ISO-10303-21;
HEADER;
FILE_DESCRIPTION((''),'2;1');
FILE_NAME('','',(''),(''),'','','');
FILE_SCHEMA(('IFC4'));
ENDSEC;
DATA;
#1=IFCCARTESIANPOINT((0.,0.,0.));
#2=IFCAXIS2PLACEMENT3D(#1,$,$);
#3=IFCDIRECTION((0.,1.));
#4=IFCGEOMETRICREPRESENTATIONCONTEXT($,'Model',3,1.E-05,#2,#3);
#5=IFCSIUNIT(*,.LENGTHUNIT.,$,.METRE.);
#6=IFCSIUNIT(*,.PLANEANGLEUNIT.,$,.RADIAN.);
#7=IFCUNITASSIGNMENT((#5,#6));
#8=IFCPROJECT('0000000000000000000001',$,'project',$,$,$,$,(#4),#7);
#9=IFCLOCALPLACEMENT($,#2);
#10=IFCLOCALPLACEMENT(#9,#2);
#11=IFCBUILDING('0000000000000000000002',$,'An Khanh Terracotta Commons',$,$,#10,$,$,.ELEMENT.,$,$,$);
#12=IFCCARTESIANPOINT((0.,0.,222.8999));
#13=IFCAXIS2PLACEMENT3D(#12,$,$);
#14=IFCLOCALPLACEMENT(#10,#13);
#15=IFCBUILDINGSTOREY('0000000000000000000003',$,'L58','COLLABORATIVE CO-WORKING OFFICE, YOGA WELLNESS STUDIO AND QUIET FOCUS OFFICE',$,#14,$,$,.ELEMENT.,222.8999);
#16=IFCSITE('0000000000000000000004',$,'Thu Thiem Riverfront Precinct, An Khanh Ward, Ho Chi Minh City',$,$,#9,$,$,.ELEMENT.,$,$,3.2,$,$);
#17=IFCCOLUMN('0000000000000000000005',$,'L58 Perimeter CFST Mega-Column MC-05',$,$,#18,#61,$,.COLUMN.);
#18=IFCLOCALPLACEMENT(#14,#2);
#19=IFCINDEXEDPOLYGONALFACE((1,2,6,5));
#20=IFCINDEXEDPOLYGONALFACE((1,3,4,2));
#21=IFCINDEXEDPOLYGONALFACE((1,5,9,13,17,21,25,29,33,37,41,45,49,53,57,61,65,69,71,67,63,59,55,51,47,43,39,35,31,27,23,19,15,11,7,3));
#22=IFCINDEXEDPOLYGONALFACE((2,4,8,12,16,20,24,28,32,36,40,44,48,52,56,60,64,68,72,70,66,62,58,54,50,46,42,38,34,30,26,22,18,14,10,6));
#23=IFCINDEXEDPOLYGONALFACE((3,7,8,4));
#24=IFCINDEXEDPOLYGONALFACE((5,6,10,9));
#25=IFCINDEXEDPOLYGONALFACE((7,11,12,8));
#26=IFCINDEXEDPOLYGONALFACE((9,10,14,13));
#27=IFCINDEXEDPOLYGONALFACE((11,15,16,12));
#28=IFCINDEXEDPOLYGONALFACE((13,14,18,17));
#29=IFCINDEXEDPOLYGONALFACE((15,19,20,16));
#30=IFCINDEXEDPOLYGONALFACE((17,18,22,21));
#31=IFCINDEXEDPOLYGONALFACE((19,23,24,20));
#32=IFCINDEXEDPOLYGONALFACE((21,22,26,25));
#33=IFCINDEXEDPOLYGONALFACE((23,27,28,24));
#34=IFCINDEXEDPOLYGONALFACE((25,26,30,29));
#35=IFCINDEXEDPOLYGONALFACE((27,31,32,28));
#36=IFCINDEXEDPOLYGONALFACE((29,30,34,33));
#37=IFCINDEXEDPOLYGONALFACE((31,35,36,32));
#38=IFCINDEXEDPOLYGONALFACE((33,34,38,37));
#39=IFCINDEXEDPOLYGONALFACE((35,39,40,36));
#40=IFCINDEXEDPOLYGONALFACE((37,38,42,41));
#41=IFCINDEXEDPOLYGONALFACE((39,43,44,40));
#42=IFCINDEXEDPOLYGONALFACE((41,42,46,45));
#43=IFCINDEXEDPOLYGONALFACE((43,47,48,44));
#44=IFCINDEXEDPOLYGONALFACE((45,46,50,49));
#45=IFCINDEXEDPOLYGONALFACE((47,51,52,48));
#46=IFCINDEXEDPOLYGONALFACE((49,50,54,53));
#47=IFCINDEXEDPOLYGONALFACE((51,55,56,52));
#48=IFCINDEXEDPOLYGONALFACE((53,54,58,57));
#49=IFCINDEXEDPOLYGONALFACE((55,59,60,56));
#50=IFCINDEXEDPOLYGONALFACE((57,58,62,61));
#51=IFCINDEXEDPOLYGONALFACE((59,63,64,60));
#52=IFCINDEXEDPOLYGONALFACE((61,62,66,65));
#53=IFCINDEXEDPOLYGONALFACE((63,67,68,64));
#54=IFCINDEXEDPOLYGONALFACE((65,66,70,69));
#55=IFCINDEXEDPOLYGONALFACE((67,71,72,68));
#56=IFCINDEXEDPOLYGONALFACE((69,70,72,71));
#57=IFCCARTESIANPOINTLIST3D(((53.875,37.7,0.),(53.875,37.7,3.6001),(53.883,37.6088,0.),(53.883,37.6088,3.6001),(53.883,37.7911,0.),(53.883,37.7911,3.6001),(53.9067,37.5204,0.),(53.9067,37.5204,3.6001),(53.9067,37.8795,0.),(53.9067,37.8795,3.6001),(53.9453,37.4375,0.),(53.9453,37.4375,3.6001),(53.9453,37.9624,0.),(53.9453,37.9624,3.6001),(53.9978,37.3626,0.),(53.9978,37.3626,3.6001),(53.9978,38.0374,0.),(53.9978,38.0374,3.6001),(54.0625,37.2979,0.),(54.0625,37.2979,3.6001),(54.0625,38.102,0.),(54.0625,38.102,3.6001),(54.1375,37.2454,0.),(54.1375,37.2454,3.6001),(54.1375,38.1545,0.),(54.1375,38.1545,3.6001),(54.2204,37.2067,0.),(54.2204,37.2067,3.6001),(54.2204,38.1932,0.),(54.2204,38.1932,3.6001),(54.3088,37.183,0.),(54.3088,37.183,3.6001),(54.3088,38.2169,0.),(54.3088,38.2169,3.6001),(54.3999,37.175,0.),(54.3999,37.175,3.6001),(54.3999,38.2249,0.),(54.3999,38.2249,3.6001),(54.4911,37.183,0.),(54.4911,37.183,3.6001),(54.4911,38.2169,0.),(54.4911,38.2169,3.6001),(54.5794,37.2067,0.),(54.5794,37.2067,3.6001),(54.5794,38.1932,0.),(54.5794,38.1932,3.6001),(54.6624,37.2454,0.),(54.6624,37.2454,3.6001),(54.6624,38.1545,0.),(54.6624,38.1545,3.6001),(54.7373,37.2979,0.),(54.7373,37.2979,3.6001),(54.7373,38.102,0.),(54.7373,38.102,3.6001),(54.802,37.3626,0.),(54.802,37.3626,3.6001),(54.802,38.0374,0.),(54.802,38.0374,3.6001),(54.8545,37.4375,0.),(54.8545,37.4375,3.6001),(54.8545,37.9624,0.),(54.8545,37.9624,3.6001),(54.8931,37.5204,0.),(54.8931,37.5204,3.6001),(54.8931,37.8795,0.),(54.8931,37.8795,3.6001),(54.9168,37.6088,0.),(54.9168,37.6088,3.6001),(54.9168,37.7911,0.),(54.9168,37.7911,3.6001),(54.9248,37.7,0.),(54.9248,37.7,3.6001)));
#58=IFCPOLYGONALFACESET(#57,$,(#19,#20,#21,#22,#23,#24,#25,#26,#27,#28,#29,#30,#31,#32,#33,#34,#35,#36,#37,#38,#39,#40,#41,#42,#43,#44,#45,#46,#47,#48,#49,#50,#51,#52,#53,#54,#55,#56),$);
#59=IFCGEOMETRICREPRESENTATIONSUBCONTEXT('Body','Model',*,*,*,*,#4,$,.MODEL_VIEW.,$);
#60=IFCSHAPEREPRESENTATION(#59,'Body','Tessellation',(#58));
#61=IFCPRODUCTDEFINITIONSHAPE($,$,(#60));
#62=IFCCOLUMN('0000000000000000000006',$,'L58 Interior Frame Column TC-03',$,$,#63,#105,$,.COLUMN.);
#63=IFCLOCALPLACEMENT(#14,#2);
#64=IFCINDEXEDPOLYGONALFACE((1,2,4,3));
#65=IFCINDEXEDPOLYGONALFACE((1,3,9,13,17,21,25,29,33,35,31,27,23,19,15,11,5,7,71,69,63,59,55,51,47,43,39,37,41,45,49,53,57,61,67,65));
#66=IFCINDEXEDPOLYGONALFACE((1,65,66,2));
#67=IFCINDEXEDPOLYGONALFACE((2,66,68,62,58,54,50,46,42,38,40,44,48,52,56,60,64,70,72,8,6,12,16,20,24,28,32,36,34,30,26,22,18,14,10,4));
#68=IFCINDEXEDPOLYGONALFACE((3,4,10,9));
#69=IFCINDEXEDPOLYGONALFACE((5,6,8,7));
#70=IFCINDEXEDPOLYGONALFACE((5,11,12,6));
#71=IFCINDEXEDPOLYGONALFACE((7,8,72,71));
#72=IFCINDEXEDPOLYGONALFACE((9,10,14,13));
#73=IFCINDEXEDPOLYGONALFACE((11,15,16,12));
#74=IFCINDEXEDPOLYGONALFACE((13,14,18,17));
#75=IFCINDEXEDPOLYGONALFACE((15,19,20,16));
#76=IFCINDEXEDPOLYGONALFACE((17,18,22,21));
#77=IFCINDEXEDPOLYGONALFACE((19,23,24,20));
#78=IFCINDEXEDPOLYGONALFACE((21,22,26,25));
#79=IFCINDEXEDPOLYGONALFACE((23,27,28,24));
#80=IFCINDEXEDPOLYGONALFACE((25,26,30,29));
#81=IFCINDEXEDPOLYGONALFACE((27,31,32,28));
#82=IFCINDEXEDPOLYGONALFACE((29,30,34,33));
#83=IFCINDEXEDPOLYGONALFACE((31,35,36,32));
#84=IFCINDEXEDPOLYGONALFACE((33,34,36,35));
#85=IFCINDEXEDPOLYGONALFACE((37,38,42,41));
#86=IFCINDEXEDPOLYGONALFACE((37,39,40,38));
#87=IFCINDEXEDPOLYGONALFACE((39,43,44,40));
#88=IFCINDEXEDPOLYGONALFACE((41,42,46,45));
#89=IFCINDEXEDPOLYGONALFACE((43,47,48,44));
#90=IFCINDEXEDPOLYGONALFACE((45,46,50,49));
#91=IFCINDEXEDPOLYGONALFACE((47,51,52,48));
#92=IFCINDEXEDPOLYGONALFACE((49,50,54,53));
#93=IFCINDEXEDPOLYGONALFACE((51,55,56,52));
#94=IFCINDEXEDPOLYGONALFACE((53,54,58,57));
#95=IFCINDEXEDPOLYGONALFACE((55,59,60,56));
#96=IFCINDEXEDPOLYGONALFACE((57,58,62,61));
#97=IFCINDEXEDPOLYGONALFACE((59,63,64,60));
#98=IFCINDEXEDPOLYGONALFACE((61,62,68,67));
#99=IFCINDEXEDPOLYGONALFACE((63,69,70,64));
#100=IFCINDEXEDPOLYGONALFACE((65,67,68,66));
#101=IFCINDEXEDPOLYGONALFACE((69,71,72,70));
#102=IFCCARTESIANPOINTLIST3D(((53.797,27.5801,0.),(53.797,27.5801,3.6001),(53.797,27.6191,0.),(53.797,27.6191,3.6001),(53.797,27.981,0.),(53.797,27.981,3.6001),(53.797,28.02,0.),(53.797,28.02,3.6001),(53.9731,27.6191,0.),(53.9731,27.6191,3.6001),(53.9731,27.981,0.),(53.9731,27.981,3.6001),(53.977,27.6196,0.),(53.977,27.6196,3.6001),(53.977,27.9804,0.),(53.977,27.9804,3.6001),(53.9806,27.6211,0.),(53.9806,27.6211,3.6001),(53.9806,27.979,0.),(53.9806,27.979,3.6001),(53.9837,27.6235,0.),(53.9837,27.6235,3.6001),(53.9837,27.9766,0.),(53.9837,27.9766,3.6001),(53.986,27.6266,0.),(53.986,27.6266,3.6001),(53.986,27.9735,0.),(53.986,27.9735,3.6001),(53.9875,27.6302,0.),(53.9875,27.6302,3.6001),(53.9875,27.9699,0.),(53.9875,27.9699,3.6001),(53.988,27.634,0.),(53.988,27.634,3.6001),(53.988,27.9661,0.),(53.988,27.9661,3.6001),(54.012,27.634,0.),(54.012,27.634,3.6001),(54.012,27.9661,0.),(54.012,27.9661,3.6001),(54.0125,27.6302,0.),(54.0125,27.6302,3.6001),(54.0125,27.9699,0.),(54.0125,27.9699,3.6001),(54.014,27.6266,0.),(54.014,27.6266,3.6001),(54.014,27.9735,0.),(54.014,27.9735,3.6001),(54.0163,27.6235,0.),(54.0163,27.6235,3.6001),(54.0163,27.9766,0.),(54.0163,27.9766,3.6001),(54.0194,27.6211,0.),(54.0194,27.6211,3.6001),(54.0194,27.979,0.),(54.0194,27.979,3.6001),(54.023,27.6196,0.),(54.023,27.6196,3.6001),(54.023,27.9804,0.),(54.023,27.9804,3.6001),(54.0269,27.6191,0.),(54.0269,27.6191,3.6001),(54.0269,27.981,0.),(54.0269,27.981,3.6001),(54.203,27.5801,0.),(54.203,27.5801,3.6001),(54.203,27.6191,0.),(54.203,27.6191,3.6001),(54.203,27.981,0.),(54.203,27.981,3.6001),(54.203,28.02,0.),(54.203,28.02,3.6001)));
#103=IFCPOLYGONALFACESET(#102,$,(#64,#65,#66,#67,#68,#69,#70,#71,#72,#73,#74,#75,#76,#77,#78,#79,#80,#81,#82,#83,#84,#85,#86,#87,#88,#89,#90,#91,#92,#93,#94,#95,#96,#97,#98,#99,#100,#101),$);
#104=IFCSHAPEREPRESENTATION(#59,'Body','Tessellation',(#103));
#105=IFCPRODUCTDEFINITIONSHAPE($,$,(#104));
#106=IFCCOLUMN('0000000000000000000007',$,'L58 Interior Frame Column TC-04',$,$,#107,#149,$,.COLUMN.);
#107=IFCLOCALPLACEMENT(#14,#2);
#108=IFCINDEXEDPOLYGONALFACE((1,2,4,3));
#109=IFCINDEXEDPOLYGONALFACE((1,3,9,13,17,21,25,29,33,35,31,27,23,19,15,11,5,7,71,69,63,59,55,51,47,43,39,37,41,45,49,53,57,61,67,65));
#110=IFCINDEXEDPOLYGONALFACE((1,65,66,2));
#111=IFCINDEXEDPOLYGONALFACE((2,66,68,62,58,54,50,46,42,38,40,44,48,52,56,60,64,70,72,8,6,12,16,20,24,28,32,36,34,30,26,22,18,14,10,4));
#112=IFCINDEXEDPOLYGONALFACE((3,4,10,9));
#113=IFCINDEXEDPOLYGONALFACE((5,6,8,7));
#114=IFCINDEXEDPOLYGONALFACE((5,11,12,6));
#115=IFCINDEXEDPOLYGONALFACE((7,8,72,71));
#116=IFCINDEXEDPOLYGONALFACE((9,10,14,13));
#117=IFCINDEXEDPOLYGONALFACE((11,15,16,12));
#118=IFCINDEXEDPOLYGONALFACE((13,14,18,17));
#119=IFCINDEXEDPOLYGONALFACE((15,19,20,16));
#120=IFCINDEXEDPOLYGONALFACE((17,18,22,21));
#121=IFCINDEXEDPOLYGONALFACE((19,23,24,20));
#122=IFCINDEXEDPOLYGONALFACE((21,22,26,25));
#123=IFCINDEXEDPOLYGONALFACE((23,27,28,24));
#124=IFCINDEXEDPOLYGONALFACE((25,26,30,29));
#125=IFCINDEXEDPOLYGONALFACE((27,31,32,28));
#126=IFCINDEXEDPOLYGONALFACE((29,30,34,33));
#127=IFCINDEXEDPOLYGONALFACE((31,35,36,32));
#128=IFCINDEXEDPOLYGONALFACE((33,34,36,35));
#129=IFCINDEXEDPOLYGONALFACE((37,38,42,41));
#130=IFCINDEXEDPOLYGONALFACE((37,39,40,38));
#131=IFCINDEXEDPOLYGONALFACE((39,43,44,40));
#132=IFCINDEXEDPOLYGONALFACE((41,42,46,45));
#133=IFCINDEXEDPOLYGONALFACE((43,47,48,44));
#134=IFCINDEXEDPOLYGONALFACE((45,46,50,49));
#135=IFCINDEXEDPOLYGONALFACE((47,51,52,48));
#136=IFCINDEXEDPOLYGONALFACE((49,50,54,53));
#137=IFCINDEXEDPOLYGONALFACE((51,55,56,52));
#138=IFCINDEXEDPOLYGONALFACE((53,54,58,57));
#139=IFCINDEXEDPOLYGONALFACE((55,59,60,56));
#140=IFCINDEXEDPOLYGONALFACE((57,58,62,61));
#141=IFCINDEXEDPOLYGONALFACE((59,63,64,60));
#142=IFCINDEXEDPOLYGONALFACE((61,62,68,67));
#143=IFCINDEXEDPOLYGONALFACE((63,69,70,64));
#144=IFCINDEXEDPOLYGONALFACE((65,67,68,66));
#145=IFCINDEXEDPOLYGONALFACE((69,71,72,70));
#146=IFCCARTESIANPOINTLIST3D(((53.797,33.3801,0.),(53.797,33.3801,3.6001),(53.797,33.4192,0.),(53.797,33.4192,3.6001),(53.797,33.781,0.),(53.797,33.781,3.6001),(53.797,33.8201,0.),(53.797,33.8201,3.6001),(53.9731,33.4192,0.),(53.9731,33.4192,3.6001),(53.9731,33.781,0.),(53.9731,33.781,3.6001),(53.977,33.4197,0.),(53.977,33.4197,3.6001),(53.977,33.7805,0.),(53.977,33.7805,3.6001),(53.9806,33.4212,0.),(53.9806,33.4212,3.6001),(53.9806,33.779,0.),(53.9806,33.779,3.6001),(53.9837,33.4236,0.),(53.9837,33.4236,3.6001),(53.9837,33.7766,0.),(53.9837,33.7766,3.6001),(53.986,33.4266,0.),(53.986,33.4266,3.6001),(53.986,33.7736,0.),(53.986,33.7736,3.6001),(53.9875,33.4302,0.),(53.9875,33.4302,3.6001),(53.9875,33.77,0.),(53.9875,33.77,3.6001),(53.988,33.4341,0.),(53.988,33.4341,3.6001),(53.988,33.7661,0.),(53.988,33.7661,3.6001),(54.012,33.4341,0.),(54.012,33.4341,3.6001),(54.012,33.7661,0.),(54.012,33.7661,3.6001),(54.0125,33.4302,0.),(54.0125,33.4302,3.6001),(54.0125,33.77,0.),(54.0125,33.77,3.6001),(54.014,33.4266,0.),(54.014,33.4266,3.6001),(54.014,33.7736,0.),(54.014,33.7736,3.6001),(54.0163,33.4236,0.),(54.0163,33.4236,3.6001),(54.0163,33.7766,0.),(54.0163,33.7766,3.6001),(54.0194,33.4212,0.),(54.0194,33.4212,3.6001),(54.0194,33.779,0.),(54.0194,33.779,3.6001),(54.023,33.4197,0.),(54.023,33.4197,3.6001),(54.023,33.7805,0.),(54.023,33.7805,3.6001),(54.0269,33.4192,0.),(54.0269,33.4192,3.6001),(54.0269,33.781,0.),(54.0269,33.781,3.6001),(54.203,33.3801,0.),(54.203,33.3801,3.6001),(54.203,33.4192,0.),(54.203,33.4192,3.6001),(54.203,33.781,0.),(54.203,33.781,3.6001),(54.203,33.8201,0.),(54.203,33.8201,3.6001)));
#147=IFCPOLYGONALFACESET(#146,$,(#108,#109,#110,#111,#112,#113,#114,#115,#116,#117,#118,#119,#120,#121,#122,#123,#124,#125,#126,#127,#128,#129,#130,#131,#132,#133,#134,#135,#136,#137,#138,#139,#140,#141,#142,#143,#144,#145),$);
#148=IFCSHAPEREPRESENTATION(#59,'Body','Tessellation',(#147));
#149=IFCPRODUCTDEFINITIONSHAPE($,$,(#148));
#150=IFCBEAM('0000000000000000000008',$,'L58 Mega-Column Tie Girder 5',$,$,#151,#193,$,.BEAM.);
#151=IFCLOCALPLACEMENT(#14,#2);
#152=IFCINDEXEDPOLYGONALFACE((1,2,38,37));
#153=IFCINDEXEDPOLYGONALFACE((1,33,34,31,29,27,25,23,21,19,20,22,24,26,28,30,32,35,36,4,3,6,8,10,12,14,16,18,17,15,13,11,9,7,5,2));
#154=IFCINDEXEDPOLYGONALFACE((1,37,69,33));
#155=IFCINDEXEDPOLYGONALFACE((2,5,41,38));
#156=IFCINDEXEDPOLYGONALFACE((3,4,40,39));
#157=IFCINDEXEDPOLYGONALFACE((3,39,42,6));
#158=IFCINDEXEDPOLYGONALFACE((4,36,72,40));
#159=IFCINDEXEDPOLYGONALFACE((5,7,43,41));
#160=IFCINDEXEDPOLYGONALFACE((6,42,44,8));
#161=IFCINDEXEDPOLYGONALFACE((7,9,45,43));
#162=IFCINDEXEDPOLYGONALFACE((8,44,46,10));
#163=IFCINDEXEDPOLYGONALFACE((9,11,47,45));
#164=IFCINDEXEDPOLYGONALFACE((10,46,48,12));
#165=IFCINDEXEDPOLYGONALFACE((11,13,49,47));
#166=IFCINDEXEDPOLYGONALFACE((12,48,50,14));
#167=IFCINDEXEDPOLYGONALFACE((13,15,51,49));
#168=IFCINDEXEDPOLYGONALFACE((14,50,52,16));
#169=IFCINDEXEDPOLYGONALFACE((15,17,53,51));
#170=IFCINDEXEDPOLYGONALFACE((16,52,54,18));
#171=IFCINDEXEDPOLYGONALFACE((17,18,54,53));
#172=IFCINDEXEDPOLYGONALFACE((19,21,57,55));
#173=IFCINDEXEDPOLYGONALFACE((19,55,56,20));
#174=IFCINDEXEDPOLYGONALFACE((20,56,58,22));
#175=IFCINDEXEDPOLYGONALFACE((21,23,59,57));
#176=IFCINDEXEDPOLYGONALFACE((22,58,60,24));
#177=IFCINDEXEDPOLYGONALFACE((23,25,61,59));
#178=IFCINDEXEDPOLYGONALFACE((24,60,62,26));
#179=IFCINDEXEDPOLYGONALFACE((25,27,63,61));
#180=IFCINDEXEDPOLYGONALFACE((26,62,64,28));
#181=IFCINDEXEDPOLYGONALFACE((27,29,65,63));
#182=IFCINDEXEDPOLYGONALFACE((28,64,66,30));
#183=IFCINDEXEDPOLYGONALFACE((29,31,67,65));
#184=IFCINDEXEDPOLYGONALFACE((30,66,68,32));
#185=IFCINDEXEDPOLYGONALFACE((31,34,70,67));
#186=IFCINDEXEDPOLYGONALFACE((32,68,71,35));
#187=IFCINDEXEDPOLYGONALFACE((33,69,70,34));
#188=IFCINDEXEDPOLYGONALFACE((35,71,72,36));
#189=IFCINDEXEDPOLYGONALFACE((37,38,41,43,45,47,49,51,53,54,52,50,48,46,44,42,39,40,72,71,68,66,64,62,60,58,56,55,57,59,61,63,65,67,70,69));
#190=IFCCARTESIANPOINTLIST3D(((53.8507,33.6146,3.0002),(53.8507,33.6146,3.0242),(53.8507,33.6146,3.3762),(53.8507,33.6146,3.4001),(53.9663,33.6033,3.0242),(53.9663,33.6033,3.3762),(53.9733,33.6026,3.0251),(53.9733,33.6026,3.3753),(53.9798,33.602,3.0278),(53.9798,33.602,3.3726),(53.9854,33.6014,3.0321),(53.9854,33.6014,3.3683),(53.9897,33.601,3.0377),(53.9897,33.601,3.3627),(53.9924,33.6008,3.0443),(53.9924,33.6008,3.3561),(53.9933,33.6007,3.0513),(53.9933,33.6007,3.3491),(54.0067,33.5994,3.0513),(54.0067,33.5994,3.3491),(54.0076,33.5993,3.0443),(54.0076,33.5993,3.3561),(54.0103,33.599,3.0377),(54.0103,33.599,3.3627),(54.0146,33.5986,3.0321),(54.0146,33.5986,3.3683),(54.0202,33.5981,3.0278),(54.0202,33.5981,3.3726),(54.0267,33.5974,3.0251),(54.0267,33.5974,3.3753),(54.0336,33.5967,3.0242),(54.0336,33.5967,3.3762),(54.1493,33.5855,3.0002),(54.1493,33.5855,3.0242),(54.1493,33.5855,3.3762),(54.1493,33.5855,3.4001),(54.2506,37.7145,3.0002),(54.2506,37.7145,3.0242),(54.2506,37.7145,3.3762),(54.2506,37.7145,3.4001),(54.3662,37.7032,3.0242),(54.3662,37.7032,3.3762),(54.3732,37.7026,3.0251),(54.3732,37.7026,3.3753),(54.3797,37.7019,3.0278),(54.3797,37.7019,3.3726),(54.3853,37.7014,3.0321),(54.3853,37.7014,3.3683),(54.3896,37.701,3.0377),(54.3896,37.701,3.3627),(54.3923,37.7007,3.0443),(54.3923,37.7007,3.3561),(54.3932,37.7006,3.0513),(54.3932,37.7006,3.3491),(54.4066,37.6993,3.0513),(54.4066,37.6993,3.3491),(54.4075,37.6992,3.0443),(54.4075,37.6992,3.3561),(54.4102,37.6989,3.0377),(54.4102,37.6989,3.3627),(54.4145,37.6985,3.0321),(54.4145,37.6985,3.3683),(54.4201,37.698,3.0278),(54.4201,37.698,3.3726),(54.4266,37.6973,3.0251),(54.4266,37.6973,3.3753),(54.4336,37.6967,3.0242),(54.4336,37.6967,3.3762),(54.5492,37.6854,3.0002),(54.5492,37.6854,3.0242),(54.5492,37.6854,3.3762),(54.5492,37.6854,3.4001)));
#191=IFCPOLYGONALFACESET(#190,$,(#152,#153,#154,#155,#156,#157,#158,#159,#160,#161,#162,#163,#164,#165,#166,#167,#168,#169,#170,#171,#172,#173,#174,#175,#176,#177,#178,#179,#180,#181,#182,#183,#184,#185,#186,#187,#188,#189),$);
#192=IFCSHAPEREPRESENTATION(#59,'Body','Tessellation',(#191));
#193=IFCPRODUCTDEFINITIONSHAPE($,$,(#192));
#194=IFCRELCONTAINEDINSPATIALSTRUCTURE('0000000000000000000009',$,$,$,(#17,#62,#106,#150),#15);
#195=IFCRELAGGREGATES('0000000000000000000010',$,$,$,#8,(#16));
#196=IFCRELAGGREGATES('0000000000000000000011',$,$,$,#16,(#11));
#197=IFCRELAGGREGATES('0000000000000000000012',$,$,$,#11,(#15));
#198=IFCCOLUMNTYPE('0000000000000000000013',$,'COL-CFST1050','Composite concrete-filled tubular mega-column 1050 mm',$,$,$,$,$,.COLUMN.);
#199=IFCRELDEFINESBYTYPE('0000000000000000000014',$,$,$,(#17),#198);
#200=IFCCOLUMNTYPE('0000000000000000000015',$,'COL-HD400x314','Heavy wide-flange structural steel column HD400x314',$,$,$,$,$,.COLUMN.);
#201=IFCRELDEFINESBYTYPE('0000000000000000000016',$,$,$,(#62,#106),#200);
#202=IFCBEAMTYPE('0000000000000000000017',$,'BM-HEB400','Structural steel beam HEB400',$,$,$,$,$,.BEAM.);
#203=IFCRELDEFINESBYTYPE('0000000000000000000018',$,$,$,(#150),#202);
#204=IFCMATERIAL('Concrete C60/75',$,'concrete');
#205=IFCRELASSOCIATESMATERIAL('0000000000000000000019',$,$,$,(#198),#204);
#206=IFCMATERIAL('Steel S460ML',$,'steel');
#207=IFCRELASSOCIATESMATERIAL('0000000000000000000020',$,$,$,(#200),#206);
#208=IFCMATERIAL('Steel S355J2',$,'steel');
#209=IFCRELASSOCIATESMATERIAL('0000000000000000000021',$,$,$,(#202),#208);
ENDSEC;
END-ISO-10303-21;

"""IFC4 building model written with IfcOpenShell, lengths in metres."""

from ifc_helpers import new_model, si_unit, direction, frame, origin, origin_2d, place, context, subcontext, project, spatial, circle, i_section, extrude, material, material_profile, profile_set, type_object, element, save


model = new_model("IFC4")

# Units and contexts
model_context = context("Model", 3, precision=1e-05, world=origin(), true_north=direction((0.0, 1.0)))
body_context = subcontext(model_context, "Body", "Model", "MODEL_VIEW")
ifc_project = project(units=[si_unit("LENGTHUNIT", "METRE"), si_unit("PLANEANGLEUNIT", "RADIAN")], contexts=[model_context])

# Site, building, storey
site_placement = place(None, origin())
site = spatial("IfcSite", under=ifc_project, at=site_placement, Name="Thu Thiem Riverfront Precinct, An Khanh Ward, Ho Chi Minh City", CompositionType="ELEMENT", RefElevation=3.2)
building_placement = place(site_placement, origin())
building = spatial("IfcBuilding", under=site, at=building_placement, Name="An Khanh Terracotta Commons", CompositionType="ELEMENT")
storey_placement = place(building_placement, frame((0.0, 0.0, 222.8999)))
storey = spatial("IfcBuildingStorey", under=building, at=storey_placement, Name="L58", Description="COLLABORATIVE CO-WORKING OFFICE, YOGA WELLNESS STUDIO AND QUIET FOCUS OFFICE", CompositionType="ELEMENT", Elevation=222.8999)

# Columns
ifc_material_1 = material(Name="Concrete C60/75", Category="concrete")
ifc_material_profile_1 = material_profile(ifc_material_1, circle(Radius=0.5249, at=origin_2d()), Name="CFST1050")
ifc_profile_set_1 = profile_set([ifc_material_profile_1], Name="Concrete C60/75")
column_type_1 = type_object("IfcColumnType", Name="COL-CFST1050", Description="Composite concrete-filled tubular mega-column 1050 mm", PredefinedType="COLUMN", material=ifc_profile_set_1)
column_placement = place(storey_placement, frame((54.3999, 37.7, 0.0), z_axis=(0.0, 0.0, 1.0), x_axis=(1.0, 0.0, 0.0)))
element("IfcColumn", 1, at=column_placement, inside=storey, type_object=column_type_1, Name="L58 Perimeter CFST Mega-Column MC-05", PredefinedType="COLUMN", context=body_context, shape_type="SweptSolid", body=[
    extrude(circle(Radius=0.5249, at=origin_2d()), origin(), (0.0, 0.0, 1.0), 3.6001),
])
ifc_material_2 = material(Name="Steel S460ML", Category="steel")
ifc_material_profile_2 = material_profile(ifc_material_2, i_section(OverallWidth=0.406, OverallDepth=0.4399, WebThickness=0.0239, FlangeThickness=0.0391, FilletRadius=0.0149, at=origin_2d()), Name="HD400x314")
ifc_profile_set_2 = profile_set([ifc_material_profile_2], Name="Steel S460ML")
column_type_2 = type_object("IfcColumnType", Name="COL-HD400x314", Description="Heavy wide-flange structural steel column HD400x314", PredefinedType="COLUMN", material=ifc_profile_set_2)
for number, where, z_axis, x_axis, name in (
    (2, (54.0, 27.8, 0.0), (0.0, 0.0, 1.0), (1.0, 0.0, 0.0), "L58 Interior Frame Column TC-03"),
    (3, (54.0, 33.6001, 0.0), (0.0, 0.0, 1.0), (1.0, 0.0, 0.0), "L58 Interior Frame Column TC-04"),
):
    element("IfcColumn", number, at=place(storey_placement, frame(where, z_axis=z_axis, x_axis=x_axis)), inside=storey, type_object=column_type_2, Name=name, PredefinedType="COLUMN", context=body_context, shape_type="SweptSolid", body=[
        extrude(i_section(OverallWidth=0.406, OverallDepth=0.4399, WebThickness=0.0239, FlangeThickness=0.0391, FilletRadius=0.0149, at=origin_2d()), origin(), (0.0, 0.0, 1.0), 3.6001),
    ])

# Beam
ifc_material_3 = material(Name="Steel S355J2", Category="steel")
ifc_material_profile_3 = material_profile(ifc_material_3, i_section(OverallWidth=0.3, OverallDepth=0.3999, WebThickness=0.0134, FlangeThickness=0.0239, FilletRadius=0.0271, at=origin_2d()), Name="HEB400")
ifc_profile_set_3 = profile_set([ifc_material_profile_3], Name="Steel S355J2")
beam_type_1 = type_object("IfcBeamType", Name="BM-HEB400", Description="Structural steel beam HEB400", PredefinedType="BEAM", material=ifc_profile_set_3)
beam_1_placement = place(storey_placement, frame((54.3999, 37.7, 3.2002), z_axis=(-0.09708, -0.995277, 0.0), x_axis=(0.995277, -0.09708, 0.0)))
element("IfcBeam", 4, at=beam_1_placement, inside=storey, type_object=beam_type_1, Name="L58 Mega-Column Tie Girder 5", PredefinedType="BEAM", context=body_context, shape_type="SweptSolid", body=[
    extrude(i_section(OverallWidth=0.3, OverallDepth=0.3999, WebThickness=0.0134, FlangeThickness=0.0239, FilletRadius=0.0271, at=origin_2d()), origin(), (0.0, 0.0, 1.0), 4.1194),
])

save(model, "model.ifc")
